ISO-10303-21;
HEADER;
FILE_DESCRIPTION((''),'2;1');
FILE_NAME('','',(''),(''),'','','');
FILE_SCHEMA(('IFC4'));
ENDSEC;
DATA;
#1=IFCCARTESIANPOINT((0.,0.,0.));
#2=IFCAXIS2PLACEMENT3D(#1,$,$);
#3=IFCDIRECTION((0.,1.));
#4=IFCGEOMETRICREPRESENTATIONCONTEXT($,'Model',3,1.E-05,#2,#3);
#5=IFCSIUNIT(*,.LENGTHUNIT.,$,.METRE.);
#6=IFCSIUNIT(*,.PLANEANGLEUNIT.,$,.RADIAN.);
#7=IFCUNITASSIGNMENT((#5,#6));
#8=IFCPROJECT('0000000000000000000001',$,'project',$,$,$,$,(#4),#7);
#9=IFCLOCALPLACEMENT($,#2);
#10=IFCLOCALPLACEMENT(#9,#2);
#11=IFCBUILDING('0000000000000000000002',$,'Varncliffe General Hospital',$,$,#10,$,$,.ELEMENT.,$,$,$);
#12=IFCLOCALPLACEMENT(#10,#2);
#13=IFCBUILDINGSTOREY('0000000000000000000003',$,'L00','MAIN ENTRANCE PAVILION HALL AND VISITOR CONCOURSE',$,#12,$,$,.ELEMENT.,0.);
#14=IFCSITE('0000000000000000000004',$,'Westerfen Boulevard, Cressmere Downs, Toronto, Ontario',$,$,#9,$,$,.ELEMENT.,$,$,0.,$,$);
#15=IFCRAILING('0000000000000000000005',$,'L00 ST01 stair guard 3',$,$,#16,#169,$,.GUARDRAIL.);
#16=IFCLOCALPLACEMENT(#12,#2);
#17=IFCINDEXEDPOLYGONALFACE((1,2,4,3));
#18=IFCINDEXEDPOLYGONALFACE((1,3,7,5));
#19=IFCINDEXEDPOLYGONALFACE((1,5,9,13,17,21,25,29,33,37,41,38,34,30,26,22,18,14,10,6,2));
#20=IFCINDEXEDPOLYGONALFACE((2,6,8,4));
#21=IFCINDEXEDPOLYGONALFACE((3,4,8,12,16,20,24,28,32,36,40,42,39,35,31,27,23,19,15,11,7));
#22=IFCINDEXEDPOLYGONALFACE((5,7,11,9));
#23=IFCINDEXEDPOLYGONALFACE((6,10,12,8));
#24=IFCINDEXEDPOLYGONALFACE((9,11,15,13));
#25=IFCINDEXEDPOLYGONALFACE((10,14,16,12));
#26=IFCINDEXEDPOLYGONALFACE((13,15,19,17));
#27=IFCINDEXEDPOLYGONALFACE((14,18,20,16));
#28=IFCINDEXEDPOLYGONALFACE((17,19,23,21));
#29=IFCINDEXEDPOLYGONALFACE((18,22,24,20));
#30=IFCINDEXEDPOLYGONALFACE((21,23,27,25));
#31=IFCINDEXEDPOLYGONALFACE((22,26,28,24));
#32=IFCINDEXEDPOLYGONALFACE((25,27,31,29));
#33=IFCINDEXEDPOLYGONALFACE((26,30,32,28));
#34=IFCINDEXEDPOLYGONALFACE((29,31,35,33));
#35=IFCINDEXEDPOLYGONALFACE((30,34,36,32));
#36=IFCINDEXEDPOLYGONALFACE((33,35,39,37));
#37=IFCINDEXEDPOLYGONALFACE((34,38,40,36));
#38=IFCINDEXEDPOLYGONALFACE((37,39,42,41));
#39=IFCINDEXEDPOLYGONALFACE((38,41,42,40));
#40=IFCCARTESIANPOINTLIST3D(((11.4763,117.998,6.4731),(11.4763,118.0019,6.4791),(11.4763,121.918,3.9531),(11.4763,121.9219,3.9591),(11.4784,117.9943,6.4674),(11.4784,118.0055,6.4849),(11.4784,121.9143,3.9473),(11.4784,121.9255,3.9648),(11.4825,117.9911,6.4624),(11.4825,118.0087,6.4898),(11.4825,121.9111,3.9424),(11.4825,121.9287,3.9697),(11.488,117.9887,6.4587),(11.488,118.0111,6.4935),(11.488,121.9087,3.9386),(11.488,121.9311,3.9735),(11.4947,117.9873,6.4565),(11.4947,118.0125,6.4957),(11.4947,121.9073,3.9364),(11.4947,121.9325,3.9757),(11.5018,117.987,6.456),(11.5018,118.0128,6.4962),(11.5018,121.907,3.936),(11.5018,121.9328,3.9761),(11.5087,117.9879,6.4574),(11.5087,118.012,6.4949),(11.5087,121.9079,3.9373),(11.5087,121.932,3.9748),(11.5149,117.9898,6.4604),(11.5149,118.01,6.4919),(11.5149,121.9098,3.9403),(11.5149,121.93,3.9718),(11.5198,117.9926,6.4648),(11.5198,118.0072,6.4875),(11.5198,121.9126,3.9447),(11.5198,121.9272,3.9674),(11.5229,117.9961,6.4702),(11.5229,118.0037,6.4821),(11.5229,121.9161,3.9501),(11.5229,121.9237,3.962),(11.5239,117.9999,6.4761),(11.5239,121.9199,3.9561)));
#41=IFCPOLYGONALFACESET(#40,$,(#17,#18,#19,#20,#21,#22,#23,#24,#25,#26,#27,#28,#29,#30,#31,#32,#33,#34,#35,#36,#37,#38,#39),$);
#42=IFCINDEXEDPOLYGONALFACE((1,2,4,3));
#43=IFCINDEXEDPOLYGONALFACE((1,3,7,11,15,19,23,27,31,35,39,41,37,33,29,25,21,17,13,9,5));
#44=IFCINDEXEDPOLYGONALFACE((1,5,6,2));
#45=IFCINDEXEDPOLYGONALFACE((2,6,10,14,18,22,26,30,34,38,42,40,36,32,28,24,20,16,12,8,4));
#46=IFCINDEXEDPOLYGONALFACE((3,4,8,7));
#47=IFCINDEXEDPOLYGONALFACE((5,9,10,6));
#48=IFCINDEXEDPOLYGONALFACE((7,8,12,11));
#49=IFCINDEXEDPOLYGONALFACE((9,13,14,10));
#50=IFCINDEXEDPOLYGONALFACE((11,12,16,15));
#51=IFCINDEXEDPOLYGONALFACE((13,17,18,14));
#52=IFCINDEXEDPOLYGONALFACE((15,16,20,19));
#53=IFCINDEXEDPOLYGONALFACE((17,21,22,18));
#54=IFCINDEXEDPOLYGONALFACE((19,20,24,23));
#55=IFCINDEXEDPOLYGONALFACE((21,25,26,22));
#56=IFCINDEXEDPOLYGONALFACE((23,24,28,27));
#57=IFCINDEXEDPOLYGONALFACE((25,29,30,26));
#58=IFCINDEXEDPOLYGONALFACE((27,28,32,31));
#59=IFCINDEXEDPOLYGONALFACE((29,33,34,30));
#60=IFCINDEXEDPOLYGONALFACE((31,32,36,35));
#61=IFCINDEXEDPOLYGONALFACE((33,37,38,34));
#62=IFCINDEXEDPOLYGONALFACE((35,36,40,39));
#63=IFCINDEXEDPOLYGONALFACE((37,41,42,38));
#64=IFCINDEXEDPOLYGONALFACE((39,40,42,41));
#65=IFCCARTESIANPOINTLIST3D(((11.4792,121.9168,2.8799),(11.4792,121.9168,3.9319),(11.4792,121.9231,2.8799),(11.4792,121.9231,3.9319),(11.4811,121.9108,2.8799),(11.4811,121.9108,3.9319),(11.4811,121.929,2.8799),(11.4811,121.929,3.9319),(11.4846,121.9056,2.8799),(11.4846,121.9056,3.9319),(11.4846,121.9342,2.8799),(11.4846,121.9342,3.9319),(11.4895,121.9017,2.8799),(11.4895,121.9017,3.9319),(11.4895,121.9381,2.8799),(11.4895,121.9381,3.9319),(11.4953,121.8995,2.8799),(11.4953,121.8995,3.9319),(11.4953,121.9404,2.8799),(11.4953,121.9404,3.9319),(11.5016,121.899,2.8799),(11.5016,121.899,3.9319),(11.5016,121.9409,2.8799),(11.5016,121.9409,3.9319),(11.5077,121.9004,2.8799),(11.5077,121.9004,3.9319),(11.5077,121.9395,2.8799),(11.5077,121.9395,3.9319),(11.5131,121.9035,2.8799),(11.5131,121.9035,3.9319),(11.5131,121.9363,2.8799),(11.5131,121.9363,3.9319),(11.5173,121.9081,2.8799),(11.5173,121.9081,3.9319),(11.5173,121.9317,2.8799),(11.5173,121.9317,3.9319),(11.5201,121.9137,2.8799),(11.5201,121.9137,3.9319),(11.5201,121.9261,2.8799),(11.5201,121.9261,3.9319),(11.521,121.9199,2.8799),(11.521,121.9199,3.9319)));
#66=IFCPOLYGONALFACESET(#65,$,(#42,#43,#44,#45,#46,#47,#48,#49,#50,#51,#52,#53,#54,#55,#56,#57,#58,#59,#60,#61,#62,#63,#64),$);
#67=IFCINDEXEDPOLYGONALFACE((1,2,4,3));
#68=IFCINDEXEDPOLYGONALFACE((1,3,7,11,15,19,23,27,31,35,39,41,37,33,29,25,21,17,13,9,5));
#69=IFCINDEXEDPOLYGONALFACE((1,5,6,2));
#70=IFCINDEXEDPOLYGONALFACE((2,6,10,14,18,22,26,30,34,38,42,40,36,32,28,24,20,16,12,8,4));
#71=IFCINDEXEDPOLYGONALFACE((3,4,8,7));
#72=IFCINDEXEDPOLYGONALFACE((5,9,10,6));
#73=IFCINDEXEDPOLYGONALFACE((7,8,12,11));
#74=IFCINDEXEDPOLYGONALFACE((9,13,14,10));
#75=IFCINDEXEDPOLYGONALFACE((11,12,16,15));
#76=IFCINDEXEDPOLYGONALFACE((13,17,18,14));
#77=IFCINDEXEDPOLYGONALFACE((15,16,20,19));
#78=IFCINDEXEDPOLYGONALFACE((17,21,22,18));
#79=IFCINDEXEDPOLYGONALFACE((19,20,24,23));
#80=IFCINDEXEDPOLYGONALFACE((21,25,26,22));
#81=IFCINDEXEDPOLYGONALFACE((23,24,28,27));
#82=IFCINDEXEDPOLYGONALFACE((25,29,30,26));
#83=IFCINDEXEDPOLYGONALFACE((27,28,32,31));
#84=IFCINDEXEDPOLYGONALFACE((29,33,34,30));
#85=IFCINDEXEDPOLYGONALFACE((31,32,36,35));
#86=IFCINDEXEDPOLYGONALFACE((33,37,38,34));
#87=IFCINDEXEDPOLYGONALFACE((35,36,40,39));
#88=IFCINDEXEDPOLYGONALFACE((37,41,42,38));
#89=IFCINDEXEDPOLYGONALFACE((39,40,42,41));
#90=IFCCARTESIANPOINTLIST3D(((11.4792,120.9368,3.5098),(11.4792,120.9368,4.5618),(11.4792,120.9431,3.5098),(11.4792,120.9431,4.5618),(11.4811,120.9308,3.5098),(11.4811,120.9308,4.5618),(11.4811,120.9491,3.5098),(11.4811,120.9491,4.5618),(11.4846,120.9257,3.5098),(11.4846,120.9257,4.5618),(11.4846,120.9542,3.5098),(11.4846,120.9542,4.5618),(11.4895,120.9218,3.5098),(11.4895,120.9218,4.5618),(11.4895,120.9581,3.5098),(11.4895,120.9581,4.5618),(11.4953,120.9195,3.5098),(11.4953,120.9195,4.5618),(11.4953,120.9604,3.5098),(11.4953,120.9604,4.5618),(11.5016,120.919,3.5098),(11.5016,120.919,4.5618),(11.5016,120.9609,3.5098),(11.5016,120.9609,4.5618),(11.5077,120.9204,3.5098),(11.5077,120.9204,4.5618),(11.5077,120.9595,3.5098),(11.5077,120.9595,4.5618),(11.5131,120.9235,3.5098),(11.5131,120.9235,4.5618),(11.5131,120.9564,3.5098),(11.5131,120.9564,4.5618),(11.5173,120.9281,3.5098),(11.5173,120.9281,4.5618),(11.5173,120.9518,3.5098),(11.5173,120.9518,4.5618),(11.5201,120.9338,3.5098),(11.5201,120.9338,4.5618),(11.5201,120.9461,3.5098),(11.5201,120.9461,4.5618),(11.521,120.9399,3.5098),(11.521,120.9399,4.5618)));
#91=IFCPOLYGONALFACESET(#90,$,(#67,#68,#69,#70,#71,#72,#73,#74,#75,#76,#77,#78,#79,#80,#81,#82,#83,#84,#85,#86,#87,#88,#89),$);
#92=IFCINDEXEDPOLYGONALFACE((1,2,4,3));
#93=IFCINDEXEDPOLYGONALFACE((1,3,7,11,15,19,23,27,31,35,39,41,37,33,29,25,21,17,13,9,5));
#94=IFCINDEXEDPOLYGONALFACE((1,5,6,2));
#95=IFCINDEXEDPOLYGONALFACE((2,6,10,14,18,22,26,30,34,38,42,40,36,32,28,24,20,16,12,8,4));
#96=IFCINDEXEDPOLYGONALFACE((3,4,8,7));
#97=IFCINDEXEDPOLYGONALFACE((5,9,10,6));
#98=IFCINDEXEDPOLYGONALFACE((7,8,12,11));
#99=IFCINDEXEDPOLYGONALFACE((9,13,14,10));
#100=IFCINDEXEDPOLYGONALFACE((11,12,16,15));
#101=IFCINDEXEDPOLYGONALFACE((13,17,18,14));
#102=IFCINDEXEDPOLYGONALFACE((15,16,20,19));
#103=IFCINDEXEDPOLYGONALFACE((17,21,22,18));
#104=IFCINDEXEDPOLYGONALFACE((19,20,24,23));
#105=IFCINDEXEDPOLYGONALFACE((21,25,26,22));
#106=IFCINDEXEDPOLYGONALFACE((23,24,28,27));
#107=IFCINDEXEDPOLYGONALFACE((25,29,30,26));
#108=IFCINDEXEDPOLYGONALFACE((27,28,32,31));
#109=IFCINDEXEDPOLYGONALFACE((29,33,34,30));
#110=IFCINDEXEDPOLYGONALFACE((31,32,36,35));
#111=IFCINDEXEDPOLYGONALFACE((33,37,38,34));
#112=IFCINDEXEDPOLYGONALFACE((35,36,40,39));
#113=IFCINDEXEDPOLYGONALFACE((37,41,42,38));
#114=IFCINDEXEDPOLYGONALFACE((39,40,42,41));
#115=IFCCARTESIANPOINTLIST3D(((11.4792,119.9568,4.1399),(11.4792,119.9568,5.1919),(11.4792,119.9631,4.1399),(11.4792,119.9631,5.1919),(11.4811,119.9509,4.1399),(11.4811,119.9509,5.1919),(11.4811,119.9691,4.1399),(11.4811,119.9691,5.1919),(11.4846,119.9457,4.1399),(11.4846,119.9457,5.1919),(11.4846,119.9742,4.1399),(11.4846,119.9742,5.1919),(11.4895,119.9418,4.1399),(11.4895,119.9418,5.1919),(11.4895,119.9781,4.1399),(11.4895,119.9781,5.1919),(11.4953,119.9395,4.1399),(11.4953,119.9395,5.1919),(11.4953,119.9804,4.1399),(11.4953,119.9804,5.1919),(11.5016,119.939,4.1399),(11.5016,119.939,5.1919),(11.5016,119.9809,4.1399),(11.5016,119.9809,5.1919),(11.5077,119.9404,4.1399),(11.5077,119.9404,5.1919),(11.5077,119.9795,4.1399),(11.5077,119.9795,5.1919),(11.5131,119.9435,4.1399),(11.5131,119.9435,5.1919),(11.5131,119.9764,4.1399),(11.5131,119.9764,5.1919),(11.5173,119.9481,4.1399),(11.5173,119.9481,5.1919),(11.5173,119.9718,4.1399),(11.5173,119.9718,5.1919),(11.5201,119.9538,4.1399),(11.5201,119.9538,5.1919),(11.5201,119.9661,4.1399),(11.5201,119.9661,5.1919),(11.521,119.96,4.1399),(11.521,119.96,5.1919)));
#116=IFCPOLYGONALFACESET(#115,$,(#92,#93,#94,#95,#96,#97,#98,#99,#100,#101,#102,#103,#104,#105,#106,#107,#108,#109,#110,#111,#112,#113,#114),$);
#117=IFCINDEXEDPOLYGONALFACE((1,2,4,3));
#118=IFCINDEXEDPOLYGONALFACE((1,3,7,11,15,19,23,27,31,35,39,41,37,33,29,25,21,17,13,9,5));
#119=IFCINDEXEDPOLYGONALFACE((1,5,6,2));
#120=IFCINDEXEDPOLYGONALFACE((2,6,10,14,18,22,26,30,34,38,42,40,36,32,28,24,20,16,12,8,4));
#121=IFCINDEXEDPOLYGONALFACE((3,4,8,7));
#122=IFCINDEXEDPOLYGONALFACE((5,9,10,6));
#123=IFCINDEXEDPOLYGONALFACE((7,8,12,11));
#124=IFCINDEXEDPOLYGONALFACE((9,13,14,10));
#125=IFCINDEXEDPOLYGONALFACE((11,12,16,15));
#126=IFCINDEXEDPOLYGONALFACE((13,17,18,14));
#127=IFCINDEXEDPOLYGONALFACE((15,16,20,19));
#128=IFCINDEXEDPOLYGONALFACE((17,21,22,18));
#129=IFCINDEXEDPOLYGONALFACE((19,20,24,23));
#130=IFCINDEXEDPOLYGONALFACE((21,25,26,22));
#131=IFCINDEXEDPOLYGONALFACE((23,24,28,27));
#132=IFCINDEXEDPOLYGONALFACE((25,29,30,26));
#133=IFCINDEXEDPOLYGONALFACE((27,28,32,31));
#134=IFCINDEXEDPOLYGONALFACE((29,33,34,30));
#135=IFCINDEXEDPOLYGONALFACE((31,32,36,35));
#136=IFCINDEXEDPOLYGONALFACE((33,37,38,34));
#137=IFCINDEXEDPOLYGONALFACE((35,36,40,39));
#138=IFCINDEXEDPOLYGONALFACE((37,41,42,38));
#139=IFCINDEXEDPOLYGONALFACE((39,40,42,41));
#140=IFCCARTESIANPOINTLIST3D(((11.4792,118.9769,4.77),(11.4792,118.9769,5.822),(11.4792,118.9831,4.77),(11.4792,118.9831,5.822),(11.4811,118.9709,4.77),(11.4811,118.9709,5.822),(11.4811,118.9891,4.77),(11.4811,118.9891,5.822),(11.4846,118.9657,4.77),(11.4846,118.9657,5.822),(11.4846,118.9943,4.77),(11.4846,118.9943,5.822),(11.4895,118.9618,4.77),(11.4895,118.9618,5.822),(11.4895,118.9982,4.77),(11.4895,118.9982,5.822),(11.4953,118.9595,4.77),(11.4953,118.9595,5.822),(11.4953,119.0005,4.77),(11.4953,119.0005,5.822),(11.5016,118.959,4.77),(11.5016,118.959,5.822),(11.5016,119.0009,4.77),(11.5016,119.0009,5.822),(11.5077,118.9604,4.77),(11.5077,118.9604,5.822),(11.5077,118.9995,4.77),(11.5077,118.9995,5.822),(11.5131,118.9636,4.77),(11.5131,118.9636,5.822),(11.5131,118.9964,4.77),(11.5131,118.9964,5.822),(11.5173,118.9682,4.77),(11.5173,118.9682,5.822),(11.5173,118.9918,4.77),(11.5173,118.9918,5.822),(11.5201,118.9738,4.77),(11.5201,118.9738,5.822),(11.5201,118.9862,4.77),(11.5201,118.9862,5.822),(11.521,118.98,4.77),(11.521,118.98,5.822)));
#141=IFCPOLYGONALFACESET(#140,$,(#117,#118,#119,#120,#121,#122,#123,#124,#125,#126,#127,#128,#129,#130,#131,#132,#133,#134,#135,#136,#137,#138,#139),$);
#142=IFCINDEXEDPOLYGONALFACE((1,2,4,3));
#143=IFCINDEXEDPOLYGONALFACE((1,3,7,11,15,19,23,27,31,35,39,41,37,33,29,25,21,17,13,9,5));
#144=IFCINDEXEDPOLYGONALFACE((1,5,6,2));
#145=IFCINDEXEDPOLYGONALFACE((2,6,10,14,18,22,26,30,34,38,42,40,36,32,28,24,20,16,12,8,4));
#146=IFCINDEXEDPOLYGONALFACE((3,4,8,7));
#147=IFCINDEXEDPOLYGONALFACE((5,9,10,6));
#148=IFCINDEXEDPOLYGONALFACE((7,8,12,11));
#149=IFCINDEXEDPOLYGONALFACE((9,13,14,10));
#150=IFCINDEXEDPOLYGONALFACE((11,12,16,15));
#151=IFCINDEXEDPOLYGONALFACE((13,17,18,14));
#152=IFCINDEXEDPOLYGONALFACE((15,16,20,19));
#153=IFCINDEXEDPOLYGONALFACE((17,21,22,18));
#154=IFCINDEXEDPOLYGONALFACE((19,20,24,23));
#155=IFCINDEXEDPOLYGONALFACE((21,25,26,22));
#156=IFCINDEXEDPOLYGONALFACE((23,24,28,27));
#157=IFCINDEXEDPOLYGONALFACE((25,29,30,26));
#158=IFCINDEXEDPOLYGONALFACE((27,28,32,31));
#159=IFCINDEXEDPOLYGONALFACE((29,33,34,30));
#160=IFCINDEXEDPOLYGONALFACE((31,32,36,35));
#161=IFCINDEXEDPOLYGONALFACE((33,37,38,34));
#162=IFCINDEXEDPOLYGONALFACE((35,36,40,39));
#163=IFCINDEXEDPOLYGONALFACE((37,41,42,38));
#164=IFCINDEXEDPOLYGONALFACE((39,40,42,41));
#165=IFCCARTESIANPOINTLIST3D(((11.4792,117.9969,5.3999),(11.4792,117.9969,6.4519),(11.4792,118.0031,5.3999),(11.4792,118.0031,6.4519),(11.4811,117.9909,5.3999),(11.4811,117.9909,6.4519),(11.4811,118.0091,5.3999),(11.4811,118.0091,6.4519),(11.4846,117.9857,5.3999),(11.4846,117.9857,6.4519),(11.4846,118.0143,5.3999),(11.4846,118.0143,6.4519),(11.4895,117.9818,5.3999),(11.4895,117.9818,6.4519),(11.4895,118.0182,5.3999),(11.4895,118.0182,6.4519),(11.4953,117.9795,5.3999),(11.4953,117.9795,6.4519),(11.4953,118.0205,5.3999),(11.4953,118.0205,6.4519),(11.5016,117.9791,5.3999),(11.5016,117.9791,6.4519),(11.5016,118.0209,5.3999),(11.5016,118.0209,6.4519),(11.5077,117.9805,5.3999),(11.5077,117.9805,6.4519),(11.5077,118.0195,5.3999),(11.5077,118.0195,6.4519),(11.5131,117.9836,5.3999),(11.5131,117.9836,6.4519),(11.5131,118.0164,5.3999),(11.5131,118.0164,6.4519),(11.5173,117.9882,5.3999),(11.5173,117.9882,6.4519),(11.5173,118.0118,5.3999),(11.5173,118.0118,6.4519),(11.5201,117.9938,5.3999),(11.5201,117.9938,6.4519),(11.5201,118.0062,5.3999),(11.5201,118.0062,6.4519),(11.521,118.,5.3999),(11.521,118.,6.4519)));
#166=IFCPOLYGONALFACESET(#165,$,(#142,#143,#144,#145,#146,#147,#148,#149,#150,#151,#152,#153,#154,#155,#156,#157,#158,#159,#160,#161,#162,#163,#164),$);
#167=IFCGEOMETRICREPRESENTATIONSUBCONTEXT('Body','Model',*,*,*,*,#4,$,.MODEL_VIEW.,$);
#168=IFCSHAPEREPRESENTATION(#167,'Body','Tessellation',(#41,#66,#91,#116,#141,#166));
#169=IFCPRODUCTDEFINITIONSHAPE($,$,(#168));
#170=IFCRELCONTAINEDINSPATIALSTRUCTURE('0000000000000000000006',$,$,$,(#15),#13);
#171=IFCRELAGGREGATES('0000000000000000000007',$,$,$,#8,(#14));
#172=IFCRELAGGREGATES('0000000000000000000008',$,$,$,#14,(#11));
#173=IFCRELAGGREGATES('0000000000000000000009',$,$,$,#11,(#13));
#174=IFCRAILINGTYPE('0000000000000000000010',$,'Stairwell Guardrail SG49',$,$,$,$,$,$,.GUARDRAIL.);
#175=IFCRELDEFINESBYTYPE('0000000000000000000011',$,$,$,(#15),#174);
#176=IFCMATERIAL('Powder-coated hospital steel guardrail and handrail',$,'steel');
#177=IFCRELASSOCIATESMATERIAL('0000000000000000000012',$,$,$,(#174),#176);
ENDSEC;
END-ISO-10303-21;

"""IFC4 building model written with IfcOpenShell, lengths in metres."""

from ifc_helpers import new_model, si_unit, direction, frame, origin, origin_2d, place, context, subcontext, project, spatial, circle, extrude, material, type_object, element, save


model = new_model("IFC4")

# Units and contexts
model_context = context("Model", 3, precision=1e-05, world=origin(), true_north=direction((0.0, 1.0)))
body_context = subcontext(model_context, "Body", "Model", "MODEL_VIEW")
ifc_project = project(units=[si_unit("LENGTHUNIT", "METRE"), si_unit("PLANEANGLEUNIT", "RADIAN")], contexts=[model_context])

# Site, building, storey
site_placement = place(None, origin())
site = spatial("IfcSite", under=ifc_project, at=site_placement, Name="Westerfen Boulevard, Cressmere Downs, Toronto, Ontario", CompositionType="ELEMENT", RefElevation=0.0)
building_placement = place(site_placement, origin())
building = spatial("IfcBuilding", under=site, at=building_placement, Name="Varncliffe General Hospital", CompositionType="ELEMENT")
storey_placement = place(building_placement, origin())
storey = spatial("IfcBuildingStorey", under=building, at=storey_placement, Name="L00", Description="MAIN ENTRANCE PAVILION HALL AND VISITOR CONCOURSE", CompositionType="ELEMENT", Elevation=0.0)

# Railing
ifc_material_1 = material(Name="Powder-coated hospital steel guardrail and handrail", Category="steel")
railing_type_1 = type_object("IfcRailingType", Name="Stairwell Guardrail SG49", PredefinedType="GUARDRAIL", material=ifc_material_1)
railing_1_placement = place(storey_placement, frame((11.5, 121.9199, 2.8799)))
element("IfcRailing", 1, at=railing_1_placement, inside=storey, type_object=railing_type_1, Name="L00 ST01 stair guard 3", PredefinedType="GUARDRAIL", context=body_context, shape_type="SweptSolid", body=[
    extrude(circle(Radius=0.0239, at=origin_2d()), frame((0.0, 0.0, 1.0762), z_axis=(0.0, -0.841172, 0.540768), x_axis=(1.0, 0.0, 0.0)), (0.0, 0.0, 1.0), 4.6602),
    extrude(circle(Radius=0.021, at=origin_2d()), origin(), (0.0, 0.0, 1.0), 1.052),
    extrude(circle(Radius=0.021, at=origin_2d()), frame((0.0, -0.98, 0.6299)), (0.0, 0.0, 1.0), 1.052),
    extrude(circle(Radius=0.021, at=origin_2d()), frame((0.0, -1.96, 1.26)), (0.0, 0.0, 1.0), 1.052),
    extrude(circle(Radius=0.021, at=origin_2d()), frame((0.0, -2.9399, 1.8901)), (0.0, 0.0, 1.0), 1.052),
    extrude(circle(Radius=0.021, at=origin_2d()), frame((0.0, -3.9199, 2.52)), (0.0, 0.0, 1.0), 1.052),
])

save(model, "model.ifc")
